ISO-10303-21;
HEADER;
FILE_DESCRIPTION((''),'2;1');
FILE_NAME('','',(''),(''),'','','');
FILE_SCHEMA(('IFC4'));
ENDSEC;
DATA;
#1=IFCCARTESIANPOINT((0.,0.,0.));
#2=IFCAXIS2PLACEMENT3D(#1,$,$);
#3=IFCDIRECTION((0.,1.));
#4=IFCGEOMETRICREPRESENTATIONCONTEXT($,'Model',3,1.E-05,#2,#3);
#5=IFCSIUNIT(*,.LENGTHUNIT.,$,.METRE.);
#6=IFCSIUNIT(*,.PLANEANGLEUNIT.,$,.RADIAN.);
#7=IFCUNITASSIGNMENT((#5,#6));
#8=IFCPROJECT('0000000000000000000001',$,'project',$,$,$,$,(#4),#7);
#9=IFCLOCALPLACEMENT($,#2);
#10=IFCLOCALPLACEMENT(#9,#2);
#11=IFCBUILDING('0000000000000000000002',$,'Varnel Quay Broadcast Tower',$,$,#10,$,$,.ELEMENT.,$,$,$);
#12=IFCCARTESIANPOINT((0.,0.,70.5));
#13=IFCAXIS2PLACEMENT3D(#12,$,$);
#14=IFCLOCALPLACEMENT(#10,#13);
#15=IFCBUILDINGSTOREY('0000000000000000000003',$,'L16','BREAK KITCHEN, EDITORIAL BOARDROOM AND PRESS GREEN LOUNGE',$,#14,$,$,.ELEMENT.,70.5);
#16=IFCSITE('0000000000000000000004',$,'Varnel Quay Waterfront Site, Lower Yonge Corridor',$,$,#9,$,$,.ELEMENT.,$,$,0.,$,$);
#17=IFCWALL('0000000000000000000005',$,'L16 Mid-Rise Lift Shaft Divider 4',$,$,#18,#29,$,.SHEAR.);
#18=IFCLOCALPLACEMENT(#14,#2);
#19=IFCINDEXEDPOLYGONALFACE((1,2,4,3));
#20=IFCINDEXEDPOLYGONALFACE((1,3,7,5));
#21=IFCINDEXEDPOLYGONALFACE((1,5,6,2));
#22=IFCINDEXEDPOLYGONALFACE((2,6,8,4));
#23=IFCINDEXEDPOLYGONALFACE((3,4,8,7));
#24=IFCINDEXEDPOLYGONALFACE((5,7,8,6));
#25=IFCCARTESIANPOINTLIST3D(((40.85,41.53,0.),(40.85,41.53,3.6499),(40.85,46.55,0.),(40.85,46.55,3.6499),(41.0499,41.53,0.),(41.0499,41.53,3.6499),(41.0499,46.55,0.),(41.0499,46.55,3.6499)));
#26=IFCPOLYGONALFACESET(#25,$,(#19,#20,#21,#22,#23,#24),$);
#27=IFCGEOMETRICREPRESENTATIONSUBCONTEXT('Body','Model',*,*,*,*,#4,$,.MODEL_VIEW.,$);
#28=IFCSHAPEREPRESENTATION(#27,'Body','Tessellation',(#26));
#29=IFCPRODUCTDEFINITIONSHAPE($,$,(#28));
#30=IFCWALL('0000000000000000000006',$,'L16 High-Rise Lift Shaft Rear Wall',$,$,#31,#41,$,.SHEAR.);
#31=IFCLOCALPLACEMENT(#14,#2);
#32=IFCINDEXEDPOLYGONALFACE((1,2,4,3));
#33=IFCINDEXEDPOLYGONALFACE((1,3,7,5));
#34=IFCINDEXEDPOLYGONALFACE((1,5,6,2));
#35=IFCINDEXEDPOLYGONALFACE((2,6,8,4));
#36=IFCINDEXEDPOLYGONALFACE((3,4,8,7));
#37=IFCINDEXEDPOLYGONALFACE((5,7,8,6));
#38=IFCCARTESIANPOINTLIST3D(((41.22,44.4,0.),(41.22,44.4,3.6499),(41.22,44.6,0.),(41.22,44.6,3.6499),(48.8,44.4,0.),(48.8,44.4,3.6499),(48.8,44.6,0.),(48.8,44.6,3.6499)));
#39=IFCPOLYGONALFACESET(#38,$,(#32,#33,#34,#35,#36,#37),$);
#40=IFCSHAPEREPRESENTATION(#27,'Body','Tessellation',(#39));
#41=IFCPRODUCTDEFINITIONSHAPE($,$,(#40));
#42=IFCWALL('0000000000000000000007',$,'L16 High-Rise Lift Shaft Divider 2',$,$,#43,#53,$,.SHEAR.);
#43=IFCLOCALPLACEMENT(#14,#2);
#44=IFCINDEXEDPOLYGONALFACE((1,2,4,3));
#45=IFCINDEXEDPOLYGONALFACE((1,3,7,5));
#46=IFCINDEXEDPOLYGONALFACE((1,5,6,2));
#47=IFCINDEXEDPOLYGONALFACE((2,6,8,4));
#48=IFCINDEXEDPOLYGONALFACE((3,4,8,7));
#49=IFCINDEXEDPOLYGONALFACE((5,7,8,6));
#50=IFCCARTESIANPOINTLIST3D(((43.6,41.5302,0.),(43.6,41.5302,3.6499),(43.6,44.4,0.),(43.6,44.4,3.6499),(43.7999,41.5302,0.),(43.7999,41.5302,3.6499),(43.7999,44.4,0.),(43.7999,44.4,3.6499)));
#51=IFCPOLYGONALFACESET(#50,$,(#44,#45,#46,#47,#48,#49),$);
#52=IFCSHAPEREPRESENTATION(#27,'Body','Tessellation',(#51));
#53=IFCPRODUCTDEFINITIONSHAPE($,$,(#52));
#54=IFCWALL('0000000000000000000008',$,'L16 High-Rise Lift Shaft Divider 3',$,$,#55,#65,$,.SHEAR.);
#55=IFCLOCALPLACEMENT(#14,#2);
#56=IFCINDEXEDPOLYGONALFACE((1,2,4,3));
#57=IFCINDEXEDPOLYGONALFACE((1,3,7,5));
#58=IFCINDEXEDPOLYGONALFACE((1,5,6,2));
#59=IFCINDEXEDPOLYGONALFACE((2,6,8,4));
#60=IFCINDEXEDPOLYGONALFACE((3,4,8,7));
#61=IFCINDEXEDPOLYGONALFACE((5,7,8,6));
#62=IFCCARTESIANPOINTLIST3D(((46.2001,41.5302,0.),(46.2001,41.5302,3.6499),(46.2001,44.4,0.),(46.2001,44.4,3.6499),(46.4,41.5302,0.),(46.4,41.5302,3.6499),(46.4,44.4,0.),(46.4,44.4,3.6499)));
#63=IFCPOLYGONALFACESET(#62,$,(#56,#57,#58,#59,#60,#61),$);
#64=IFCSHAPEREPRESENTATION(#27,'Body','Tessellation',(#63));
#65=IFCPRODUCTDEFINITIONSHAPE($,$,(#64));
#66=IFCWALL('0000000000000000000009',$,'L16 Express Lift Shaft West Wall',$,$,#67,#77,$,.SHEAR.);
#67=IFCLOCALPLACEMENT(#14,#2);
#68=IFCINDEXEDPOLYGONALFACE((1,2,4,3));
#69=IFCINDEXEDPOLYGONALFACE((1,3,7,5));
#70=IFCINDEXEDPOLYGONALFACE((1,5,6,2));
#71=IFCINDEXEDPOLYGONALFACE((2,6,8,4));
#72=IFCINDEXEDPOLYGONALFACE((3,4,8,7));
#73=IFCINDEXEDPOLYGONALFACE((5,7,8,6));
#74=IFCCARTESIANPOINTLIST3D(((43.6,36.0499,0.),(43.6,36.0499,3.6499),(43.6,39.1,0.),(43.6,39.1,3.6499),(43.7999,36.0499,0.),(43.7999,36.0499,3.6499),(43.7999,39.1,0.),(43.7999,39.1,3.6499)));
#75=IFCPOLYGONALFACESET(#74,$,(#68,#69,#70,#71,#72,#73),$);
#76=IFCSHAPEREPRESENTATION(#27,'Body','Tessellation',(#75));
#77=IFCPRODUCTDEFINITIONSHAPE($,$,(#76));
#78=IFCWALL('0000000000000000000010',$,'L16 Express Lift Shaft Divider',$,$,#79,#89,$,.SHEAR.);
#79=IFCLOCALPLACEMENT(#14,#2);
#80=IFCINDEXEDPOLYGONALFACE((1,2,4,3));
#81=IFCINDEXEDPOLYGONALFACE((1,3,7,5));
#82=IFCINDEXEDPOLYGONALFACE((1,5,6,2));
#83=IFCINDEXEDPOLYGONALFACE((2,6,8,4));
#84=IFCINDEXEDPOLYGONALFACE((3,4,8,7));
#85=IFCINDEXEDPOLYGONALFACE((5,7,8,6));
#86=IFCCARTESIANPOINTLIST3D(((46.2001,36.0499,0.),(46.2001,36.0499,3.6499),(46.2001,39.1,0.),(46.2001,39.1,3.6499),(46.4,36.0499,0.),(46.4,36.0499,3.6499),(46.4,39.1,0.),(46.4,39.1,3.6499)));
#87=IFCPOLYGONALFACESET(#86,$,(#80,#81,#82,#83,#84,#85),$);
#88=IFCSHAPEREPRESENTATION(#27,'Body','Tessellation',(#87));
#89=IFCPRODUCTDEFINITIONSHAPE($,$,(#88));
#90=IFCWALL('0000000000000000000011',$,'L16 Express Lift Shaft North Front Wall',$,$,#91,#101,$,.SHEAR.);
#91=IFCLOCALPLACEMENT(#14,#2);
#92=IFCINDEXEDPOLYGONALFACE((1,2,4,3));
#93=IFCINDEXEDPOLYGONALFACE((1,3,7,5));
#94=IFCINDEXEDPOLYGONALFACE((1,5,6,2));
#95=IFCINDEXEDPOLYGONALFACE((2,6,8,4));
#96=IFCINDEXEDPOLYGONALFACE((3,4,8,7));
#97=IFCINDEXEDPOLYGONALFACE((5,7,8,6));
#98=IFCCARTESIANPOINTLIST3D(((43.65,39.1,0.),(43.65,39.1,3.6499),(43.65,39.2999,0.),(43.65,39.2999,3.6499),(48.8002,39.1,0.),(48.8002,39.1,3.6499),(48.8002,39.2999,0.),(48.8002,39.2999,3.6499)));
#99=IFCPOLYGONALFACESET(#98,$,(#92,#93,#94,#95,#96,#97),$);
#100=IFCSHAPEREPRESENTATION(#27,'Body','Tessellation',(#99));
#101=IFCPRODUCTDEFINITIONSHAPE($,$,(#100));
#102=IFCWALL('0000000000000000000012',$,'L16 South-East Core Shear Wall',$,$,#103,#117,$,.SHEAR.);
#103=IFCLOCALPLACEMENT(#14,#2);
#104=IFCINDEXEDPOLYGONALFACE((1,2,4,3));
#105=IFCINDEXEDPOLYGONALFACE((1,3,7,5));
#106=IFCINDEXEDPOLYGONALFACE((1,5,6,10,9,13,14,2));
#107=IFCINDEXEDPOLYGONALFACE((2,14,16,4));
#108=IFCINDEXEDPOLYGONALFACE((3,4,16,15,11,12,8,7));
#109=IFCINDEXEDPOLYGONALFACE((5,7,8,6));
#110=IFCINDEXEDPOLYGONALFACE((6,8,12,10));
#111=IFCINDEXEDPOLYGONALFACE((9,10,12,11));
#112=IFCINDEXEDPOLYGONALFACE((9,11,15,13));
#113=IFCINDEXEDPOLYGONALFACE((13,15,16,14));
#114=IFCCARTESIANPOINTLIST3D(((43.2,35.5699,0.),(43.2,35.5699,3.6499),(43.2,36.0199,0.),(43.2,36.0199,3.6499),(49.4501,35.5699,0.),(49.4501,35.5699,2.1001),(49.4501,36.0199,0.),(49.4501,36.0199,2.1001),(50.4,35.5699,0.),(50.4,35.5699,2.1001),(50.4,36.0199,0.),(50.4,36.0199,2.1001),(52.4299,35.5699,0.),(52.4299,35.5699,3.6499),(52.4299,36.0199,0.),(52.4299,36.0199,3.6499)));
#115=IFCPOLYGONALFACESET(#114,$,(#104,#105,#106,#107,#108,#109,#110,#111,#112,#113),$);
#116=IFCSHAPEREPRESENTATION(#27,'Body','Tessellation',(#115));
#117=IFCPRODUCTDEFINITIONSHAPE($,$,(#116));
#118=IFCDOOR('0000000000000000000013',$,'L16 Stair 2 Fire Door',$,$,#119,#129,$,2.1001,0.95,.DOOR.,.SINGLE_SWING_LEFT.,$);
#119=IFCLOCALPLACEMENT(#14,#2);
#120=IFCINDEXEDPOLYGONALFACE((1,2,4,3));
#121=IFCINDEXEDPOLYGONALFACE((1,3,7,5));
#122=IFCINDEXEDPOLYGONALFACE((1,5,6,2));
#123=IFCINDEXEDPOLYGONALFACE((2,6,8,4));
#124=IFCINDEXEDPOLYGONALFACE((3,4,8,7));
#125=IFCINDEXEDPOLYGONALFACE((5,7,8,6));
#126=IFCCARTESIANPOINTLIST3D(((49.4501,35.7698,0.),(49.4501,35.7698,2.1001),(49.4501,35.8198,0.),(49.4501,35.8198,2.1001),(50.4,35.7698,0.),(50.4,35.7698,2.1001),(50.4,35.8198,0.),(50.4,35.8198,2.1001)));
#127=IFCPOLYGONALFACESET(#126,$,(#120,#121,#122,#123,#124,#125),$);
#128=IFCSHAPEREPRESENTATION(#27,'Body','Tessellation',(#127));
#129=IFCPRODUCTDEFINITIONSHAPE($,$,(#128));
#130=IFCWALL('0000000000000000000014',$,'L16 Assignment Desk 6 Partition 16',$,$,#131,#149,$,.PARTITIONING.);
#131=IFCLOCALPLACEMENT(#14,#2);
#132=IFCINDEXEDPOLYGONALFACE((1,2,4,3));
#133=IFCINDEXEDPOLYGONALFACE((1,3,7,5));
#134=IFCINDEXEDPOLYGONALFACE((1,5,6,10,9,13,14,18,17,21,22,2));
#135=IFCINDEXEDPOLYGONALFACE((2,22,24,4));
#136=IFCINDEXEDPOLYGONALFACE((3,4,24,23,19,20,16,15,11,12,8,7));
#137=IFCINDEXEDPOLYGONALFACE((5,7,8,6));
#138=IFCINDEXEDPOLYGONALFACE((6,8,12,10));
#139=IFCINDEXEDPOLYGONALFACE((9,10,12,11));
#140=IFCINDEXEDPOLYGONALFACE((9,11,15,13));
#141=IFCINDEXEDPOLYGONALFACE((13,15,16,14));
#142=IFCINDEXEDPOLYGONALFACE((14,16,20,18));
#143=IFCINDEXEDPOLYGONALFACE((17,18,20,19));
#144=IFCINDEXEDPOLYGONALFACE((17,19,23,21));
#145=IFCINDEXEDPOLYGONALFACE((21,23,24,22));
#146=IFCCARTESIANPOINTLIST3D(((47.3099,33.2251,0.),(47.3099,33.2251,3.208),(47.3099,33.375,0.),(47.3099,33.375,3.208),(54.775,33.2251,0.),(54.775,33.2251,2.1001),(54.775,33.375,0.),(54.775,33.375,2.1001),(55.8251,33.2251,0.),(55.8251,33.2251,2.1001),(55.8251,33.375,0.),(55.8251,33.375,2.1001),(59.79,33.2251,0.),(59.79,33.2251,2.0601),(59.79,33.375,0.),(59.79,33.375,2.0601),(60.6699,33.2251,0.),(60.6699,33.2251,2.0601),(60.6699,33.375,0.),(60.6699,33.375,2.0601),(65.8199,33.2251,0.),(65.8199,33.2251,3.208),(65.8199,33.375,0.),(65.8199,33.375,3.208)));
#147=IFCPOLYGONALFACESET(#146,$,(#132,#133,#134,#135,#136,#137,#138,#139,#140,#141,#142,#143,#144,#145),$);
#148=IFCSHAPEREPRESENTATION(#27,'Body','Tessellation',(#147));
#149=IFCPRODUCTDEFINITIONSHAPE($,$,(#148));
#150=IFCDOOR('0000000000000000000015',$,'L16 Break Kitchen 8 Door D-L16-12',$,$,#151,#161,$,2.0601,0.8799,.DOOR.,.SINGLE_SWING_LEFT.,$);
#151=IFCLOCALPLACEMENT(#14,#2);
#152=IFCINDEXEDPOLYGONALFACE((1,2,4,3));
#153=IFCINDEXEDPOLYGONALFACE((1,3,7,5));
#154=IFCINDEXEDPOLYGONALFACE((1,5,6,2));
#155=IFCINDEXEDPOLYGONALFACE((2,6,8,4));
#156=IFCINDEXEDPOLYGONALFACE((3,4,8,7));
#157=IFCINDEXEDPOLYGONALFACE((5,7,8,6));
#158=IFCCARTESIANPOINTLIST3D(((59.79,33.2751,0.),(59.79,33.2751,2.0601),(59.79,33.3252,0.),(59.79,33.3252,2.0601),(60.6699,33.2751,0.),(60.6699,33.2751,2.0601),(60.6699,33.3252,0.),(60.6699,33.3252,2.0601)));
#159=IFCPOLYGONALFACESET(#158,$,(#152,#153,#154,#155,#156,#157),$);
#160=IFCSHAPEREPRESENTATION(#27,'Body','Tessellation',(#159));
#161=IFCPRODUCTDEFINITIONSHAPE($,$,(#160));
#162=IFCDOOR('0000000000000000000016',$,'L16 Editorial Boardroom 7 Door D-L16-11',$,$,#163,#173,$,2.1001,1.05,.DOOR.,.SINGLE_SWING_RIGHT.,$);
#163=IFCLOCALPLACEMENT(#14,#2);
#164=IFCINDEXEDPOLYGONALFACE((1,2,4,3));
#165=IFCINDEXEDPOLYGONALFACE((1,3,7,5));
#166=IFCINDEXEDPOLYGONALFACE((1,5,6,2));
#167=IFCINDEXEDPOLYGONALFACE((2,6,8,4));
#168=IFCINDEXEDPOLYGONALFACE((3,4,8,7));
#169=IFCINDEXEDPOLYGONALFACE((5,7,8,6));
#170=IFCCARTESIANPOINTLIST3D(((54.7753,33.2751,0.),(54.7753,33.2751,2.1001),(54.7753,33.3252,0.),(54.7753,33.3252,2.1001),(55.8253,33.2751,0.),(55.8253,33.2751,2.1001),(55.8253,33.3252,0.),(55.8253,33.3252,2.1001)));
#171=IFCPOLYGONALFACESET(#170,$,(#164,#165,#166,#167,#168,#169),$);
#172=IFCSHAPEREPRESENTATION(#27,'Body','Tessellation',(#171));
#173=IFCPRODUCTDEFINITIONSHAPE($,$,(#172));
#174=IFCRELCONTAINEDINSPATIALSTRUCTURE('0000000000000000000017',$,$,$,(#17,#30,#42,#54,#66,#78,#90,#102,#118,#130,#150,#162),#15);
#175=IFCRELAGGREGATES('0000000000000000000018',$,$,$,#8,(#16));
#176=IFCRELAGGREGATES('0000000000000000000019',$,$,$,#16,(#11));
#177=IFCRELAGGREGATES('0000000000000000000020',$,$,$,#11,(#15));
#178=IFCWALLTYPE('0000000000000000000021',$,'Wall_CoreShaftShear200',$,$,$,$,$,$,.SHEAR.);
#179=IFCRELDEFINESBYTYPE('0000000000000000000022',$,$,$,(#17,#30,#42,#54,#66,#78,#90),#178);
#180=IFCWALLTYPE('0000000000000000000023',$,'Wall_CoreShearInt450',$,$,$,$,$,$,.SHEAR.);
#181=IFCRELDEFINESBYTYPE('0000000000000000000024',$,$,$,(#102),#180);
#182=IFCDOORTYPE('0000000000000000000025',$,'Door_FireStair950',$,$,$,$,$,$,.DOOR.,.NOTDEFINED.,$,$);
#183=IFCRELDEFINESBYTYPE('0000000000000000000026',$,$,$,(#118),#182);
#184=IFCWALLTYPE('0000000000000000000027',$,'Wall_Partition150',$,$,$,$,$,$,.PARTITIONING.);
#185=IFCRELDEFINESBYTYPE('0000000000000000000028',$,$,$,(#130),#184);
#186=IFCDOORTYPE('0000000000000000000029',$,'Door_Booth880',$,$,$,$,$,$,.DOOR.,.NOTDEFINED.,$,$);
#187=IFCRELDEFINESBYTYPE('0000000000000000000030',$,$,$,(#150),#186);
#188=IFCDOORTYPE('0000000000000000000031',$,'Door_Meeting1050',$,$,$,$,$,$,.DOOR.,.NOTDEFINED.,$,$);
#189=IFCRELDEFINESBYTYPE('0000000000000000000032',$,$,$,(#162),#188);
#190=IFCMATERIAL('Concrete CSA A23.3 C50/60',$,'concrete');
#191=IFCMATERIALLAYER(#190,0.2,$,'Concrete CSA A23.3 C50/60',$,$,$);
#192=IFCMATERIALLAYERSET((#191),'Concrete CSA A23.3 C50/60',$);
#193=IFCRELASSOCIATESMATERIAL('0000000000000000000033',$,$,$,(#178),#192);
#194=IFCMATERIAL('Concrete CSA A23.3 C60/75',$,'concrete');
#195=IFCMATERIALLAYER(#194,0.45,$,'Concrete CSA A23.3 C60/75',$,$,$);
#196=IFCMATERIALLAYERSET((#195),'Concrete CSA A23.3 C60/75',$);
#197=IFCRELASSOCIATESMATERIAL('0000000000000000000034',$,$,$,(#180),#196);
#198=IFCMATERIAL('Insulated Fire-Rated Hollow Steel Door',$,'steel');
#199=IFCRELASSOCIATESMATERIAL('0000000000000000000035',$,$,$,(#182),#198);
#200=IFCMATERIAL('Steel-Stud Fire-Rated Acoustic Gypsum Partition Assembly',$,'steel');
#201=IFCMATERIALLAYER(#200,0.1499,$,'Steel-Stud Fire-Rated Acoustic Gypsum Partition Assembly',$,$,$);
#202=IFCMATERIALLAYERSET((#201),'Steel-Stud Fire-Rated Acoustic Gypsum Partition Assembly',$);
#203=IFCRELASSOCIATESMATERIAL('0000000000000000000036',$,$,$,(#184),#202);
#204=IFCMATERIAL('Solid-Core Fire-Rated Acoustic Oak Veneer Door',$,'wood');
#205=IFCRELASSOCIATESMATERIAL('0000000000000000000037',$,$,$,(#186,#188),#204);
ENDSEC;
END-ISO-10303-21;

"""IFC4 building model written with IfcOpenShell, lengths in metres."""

from ifc_helpers import new_model, si_unit, direction, frame, frame_2d, origin, place, context, subcontext, project, spatial, rectangle, extrude, source, transform, mapped, material, layer, layer_set, type_object, type_shapes, element, fill, save


model = new_model("IFC4")

# Units and contexts
model_context = context("Model", 3, precision=1e-05, world=origin(), true_north=direction((0.0, 1.0)))
body_context = subcontext(model_context, "Body", "Model", "MODEL_VIEW")
ifc_project = project(units=[si_unit("LENGTHUNIT", "METRE"), si_unit("PLANEANGLEUNIT", "RADIAN")], contexts=[model_context])

# Site, building, storey
site_placement = place(None, origin())
site = spatial("IfcSite", under=ifc_project, at=site_placement, Name="Varnel Quay Waterfront Site, Lower Yonge Corridor", CompositionType="ELEMENT", RefElevation=0.0)
building_placement = place(site_placement, origin())
building = spatial("IfcBuilding", under=site, at=building_placement, Name="Varnel Quay Broadcast Tower", CompositionType="ELEMENT")
storey_placement = place(building_placement, frame((0.0, 0.0, 70.5)))
storey = spatial("IfcBuildingStorey", under=building, at=storey_placement, Name="L16", Description="BREAK KITCHEN, EDITORIAL BOARDROOM AND PRESS GREEN LOUNGE", CompositionType="ELEMENT", Elevation=70.5)

# Walls
ifc_material_1 = material(Name="Concrete CSA A23.3 C50/60", Category="concrete")
ifc_layer_1 = layer(ifc_material_1, 0.2, Name="Concrete CSA A23.3 C50/60")
ifc_layer_set_1 = layer_set([ifc_layer_1], Name="Concrete CSA A23.3 C50/60")
wall_type_1 = type_object("IfcWallType", Name="Wall_CoreShaftShear200", PredefinedType="SHEAR", material=ifc_layer_set_1)
wall_1_placement = place(storey_placement, frame((40.95, 41.53, 0.0), z_axis=(0.0, 0.0, 1.0), x_axis=(0.0, 1.0, 0.0)))
element("IfcWall", 1, at=wall_1_placement, inside=storey, type_object=wall_type_1, Name="L16 Mid-Rise Lift Shaft Divider 4", PredefinedType="SHEAR", context=body_context, shape_type="SweptSolid", body=[
    extrude(rectangle(XDim=5.02, YDim=0.2, at=frame_2d((2.51, 0.0))), origin(), (0.0, 0.0, 1.0), 3.6499),
])
wall_2_placement = place(storey_placement, frame((41.22, 44.5, 0.0), z_axis=(0.0, 0.0, 1.0), x_axis=(1.0, 0.0, 0.0)))
element("IfcWall", 2, at=wall_2_placement, inside=storey, type_object=wall_type_1, Name="L16 High-Rise Lift Shaft Rear Wall", PredefinedType="SHEAR", context=body_context, shape_type="SweptSolid", body=[
    extrude(rectangle(XDim=7.5801, YDim=0.2, at=frame_2d((3.79, 0.0))), origin(), (0.0, 0.0, 1.0), 3.6499),
])
for number, where, z_axis, x_axis, name in (
    (3, (43.7, 41.53, 0.0), (0.0, 0.0, 1.0), (0.0, 1.0, 0.0), "L16 High-Rise Lift Shaft Divider 2"),
    (4, (46.3, 41.53, 0.0), (0.0, 0.0, 1.0), (0.0, 1.0, 0.0), "L16 High-Rise Lift Shaft Divider 3"),
):
    element("IfcWall", number, at=place(storey_placement, frame(where, z_axis=z_axis, x_axis=x_axis)), inside=storey, type_object=wall_type_1, Name=name, PredefinedType="SHEAR", context=body_context, shape_type="SweptSolid", body=[
        extrude(rectangle(XDim=2.8699, YDim=0.2, at=frame_2d((1.4351, 0.0))), origin(), (0.0, 0.0, 1.0), 3.6499),
    ])
for number, where, z_axis, x_axis, name in (
    (5, (43.7, 36.05, 0.0), (0.0, 0.0, 1.0), (0.0, 1.0, 0.0), "L16 Express Lift Shaft West Wall"),
    (6, (46.3, 36.05, 0.0), (0.0, 0.0, 1.0), (0.0, 1.0, 0.0), "L16 Express Lift Shaft Divider"),
):
    element("IfcWall", number, at=place(storey_placement, frame(where, z_axis=z_axis, x_axis=x_axis)), inside=storey, type_object=wall_type_1, Name=name, PredefinedType="SHEAR", context=body_context, shape_type="SweptSolid", body=[
        extrude(rectangle(XDim=3.05, YDim=0.2, at=frame_2d((1.5249, 0.0))), origin(), (0.0, 0.0, 1.0), 3.6499),
    ])
wall_3_placement = place(storey_placement, frame((43.6499, 39.2, 0.0), z_axis=(0.0, 0.0, 1.0), x_axis=(1.0, 0.0, 0.0)))
element("IfcWall", 7, at=wall_3_placement, inside=storey, type_object=wall_type_1, Name="L16 Express Lift Shaft North Front Wall", PredefinedType="SHEAR", context=body_context, shape_type="SweptSolid", body=[
    extrude(rectangle(XDim=5.1501, YDim=0.2, at=frame_2d((2.5752, 0.0))), origin(), (0.0, 0.0, 1.0), 3.6499),
])

# Wall, opening, door
ifc_material_2 = material(Name="Concrete CSA A23.3 C60/75", Category="concrete")
ifc_layer_2 = layer(ifc_material_2, 0.45, Name="Concrete CSA A23.3 C60/75")
ifc_layer_set_2 = layer_set([ifc_layer_2], Name="Concrete CSA A23.3 C60/75")
wall_type_2 = type_object("IfcWallType", Name="Wall_CoreShearInt450", PredefinedType="SHEAR", material=ifc_layer_set_2)
wall_4_placement = place(storey_placement, frame((43.2, 35.7949, 0.0), z_axis=(0.0, 0.0, 1.0), x_axis=(1.0, 0.0, 0.0)))
wall_4 = element("IfcWall", 8, at=wall_4_placement, inside=storey, type_object=wall_type_2, Name="L16 South-East Core Shear Wall", PredefinedType="SHEAR", context=body_context, shape_type="SweptSolid", body=[
    extrude(rectangle(XDim=9.23, YDim=0.45, at=frame_2d((4.615, 0.0))), origin(), (0.0, 0.0, 1.0), 3.6499),
])
opening_1_placement = place(wall_4_placement, frame((6.25, 0.0, 0.0)))
opening_1 = element("IfcOpeningElement", 9, at=opening_1_placement, cuts=wall_4, PredefinedType="OPENING", context=body_context, shape_type="SweptSolid", body=[
    extrude(rectangle(XDim=0.95, YDim=2.1001, at=frame_2d((0.4751, 1.05))), frame((0.0, 0.2349, 0.0), z_axis=(0.0, -1.0, 0.0), x_axis=(1.0, 0.0, 0.0)), (0.0, 0.0, 1.0), 0.47),
])
ifc_material_3 = material(Name="Insulated Fire-Rated Hollow Steel Door", Category="steel")
door_type_1 = type_object("IfcDoorType", Name="Door_FireStair950", OperationType="NOTDEFINED", PredefinedType="DOOR", material=ifc_material_3)
shared_shape_1 = source(origin(), body_context, "Body", "SweptSolid", [
    extrude(rectangle(XDim=0.95, YDim=2.1001, at=frame_2d((0.4751, 1.05))), frame((0.0, 0.0249, 0.0), z_axis=(0.0, -1.0, 0.0), x_axis=(1.0, 0.0, 0.0)), (0.0, 0.0, 1.0), 0.05),
])
type_shapes(door_type_1, [shared_shape_1])
door_1_placement = place(opening_1_placement, origin())
door_1 = element("IfcDoor", 10, at=door_1_placement, inside=storey, type_object=door_type_1, Name="L16 Stair 2 Fire Door", OperationType="SINGLE_SWING_LEFT", OverallHeight=2.1001, OverallWidth=0.95, PredefinedType="DOOR", context=body_context, shape_type="MappedRepresentation", body=[
    mapped(shared_shape_1, transform((0.0, 0.0, 0.0), x_axis=(1.0, 0.0, 0.0), y_axis=(0.0, 1.0, 0.0), z_axis=(0.0, 0.0, 1.0), scale=1.0)),
])
fill(opening_1, door_1)

# Wall, openings, doors
ifc_material_4 = material(Name="Steel-Stud Fire-Rated Acoustic Gypsum Partition Assembly", Category="steel")
ifc_layer_3 = layer(ifc_material_4, 0.1499, Name="Steel-Stud Fire-Rated Acoustic Gypsum Partition Assembly")
ifc_layer_set_3 = layer_set([ifc_layer_3], Name="Steel-Stud Fire-Rated Acoustic Gypsum Partition Assembly")
wall_type_3 = type_object("IfcWallType", Name="Wall_Partition150", PredefinedType="PARTITIONING", material=ifc_layer_set_3)
wall_5_placement = place(storey_placement, frame((47.3101, 33.3, 0.0), z_axis=(0.0, 0.0, 1.0), x_axis=(1.0, 0.0, 0.0)))
wall_5 = element("IfcWall", 11, at=wall_5_placement, inside=storey, type_object=wall_type_3, Name="L16 Assignment Desk 6 Partition 16", PredefinedType="PARTITIONING", context=body_context, shape_type="SweptSolid", body=[
    extrude(rectangle(XDim=18.51, YDim=0.1499, at=frame_2d((9.2549, 0.0))), origin(), (0.0, 0.0, 1.0), 3.208),
])
opening_2_placement = place(wall_5_placement, frame((7.4651, 0.0, 0.0)))
opening_2 = element("IfcOpeningElement", 12, at=opening_2_placement, cuts=wall_5, PredefinedType="OPENING", context=body_context, shape_type="SweptSolid", body=[
    extrude(rectangle(XDim=1.05, YDim=2.1001, at=frame_2d((0.5249, 1.05))), frame((0.0, 0.085, 0.0), z_axis=(0.0, -1.0, 0.0), x_axis=(1.0, 0.0, 0.0)), (0.0, 0.0, 1.0), 0.1699),
])
opening_3_placement = place(wall_5_placement, frame((12.48, 0.0, 0.0)))
opening_3 = element("IfcOpeningElement", 13, at=opening_3_placement, cuts=wall_5, PredefinedType="OPENING", context=body_context, shape_type="SweptSolid", body=[
    extrude(rectangle(XDim=0.8799, YDim=2.0601, at=frame_2d((0.4399, 1.03))), frame((0.0, 0.085, 0.0), z_axis=(0.0, -1.0, 0.0), x_axis=(1.0, 0.0, 0.0)), (0.0, 0.0, 1.0), 0.1699),
])
ifc_material_5 = material(Name="Solid-Core Fire-Rated Acoustic Oak Veneer Door", Category="wood")
door_type_2 = type_object("IfcDoorType", Name="Door_Booth880", OperationType="NOTDEFINED", PredefinedType="DOOR", material=ifc_material_5)
shared_shape_2 = source(origin(), body_context, "Body", "SweptSolid", [
    extrude(rectangle(XDim=0.8799, YDim=2.0601, at=frame_2d((0.4399, 1.03))), frame((0.0, 0.0249, 0.0), z_axis=(0.0, -1.0, 0.0), x_axis=(1.0, 0.0, 0.0)), (0.0, 0.0, 1.0), 0.05),
])
type_shapes(door_type_2, [shared_shape_2])
door_2_placement = place(opening_3_placement, frame((0.8799, 0.0, 0.0), z_axis=(0.0, 0.0, 1.0), x_axis=(-1.0, 0.0, 0.0)))
door_2 = element("IfcDoor", 14, at=door_2_placement, inside=storey, type_object=door_type_2, Name="L16 Break Kitchen 8 Door D-L16-12", OperationType="SINGLE_SWING_LEFT", OverallHeight=2.0601, OverallWidth=0.8799, PredefinedType="DOOR", context=body_context, shape_type="MappedRepresentation", body=[
    mapped(shared_shape_2, transform((0.0, 0.0, 0.0), x_axis=(1.0, 0.0, 0.0), y_axis=(0.0, 1.0, 0.0), z_axis=(0.0, 0.0, 1.0), scale=1.0)),
])
fill(opening_3, door_2)
door_type_3 = type_object("IfcDoorType", Name="Door_Meeting1050", OperationType="NOTDEFINED", PredefinedType="DOOR", material=ifc_material_5)
shared_shape_3 = source(origin(), body_context, "Body", "SweptSolid", [
    extrude(rectangle(XDim=1.05, YDim=2.1001, at=frame_2d((0.5249, 1.05))), frame((0.0, 0.0249, 0.0), z_axis=(0.0, -1.0, 0.0), x_axis=(1.0, 0.0, 0.0)), (0.0, 0.0, 1.0), 0.05),
])
type_shapes(door_type_3, [shared_shape_3])
door_3_placement = place(opening_2_placement, frame((1.05, 0.0, 0.0), z_axis=(0.0, 0.0, 1.0), x_axis=(-1.0, 0.0, 0.0)))
door_3 = element("IfcDoor", 15, at=door_3_placement, inside=storey, type_object=door_type_3, Name="L16 Editorial Boardroom 7 Door D-L16-11", OperationType="SINGLE_SWING_RIGHT", OverallHeight=2.1001, OverallWidth=1.05, PredefinedType="DOOR", context=body_context, shape_type="MappedRepresentation", body=[
    mapped(shared_shape_3, transform((0.0, 0.0, 0.0), x_axis=(1.0, 0.0, 0.0), y_axis=(0.0, 1.0, 0.0), z_axis=(0.0, 0.0, 1.0), scale=1.0)),
])
fill(opening_2, door_3)

save(model, "model.ifc")
